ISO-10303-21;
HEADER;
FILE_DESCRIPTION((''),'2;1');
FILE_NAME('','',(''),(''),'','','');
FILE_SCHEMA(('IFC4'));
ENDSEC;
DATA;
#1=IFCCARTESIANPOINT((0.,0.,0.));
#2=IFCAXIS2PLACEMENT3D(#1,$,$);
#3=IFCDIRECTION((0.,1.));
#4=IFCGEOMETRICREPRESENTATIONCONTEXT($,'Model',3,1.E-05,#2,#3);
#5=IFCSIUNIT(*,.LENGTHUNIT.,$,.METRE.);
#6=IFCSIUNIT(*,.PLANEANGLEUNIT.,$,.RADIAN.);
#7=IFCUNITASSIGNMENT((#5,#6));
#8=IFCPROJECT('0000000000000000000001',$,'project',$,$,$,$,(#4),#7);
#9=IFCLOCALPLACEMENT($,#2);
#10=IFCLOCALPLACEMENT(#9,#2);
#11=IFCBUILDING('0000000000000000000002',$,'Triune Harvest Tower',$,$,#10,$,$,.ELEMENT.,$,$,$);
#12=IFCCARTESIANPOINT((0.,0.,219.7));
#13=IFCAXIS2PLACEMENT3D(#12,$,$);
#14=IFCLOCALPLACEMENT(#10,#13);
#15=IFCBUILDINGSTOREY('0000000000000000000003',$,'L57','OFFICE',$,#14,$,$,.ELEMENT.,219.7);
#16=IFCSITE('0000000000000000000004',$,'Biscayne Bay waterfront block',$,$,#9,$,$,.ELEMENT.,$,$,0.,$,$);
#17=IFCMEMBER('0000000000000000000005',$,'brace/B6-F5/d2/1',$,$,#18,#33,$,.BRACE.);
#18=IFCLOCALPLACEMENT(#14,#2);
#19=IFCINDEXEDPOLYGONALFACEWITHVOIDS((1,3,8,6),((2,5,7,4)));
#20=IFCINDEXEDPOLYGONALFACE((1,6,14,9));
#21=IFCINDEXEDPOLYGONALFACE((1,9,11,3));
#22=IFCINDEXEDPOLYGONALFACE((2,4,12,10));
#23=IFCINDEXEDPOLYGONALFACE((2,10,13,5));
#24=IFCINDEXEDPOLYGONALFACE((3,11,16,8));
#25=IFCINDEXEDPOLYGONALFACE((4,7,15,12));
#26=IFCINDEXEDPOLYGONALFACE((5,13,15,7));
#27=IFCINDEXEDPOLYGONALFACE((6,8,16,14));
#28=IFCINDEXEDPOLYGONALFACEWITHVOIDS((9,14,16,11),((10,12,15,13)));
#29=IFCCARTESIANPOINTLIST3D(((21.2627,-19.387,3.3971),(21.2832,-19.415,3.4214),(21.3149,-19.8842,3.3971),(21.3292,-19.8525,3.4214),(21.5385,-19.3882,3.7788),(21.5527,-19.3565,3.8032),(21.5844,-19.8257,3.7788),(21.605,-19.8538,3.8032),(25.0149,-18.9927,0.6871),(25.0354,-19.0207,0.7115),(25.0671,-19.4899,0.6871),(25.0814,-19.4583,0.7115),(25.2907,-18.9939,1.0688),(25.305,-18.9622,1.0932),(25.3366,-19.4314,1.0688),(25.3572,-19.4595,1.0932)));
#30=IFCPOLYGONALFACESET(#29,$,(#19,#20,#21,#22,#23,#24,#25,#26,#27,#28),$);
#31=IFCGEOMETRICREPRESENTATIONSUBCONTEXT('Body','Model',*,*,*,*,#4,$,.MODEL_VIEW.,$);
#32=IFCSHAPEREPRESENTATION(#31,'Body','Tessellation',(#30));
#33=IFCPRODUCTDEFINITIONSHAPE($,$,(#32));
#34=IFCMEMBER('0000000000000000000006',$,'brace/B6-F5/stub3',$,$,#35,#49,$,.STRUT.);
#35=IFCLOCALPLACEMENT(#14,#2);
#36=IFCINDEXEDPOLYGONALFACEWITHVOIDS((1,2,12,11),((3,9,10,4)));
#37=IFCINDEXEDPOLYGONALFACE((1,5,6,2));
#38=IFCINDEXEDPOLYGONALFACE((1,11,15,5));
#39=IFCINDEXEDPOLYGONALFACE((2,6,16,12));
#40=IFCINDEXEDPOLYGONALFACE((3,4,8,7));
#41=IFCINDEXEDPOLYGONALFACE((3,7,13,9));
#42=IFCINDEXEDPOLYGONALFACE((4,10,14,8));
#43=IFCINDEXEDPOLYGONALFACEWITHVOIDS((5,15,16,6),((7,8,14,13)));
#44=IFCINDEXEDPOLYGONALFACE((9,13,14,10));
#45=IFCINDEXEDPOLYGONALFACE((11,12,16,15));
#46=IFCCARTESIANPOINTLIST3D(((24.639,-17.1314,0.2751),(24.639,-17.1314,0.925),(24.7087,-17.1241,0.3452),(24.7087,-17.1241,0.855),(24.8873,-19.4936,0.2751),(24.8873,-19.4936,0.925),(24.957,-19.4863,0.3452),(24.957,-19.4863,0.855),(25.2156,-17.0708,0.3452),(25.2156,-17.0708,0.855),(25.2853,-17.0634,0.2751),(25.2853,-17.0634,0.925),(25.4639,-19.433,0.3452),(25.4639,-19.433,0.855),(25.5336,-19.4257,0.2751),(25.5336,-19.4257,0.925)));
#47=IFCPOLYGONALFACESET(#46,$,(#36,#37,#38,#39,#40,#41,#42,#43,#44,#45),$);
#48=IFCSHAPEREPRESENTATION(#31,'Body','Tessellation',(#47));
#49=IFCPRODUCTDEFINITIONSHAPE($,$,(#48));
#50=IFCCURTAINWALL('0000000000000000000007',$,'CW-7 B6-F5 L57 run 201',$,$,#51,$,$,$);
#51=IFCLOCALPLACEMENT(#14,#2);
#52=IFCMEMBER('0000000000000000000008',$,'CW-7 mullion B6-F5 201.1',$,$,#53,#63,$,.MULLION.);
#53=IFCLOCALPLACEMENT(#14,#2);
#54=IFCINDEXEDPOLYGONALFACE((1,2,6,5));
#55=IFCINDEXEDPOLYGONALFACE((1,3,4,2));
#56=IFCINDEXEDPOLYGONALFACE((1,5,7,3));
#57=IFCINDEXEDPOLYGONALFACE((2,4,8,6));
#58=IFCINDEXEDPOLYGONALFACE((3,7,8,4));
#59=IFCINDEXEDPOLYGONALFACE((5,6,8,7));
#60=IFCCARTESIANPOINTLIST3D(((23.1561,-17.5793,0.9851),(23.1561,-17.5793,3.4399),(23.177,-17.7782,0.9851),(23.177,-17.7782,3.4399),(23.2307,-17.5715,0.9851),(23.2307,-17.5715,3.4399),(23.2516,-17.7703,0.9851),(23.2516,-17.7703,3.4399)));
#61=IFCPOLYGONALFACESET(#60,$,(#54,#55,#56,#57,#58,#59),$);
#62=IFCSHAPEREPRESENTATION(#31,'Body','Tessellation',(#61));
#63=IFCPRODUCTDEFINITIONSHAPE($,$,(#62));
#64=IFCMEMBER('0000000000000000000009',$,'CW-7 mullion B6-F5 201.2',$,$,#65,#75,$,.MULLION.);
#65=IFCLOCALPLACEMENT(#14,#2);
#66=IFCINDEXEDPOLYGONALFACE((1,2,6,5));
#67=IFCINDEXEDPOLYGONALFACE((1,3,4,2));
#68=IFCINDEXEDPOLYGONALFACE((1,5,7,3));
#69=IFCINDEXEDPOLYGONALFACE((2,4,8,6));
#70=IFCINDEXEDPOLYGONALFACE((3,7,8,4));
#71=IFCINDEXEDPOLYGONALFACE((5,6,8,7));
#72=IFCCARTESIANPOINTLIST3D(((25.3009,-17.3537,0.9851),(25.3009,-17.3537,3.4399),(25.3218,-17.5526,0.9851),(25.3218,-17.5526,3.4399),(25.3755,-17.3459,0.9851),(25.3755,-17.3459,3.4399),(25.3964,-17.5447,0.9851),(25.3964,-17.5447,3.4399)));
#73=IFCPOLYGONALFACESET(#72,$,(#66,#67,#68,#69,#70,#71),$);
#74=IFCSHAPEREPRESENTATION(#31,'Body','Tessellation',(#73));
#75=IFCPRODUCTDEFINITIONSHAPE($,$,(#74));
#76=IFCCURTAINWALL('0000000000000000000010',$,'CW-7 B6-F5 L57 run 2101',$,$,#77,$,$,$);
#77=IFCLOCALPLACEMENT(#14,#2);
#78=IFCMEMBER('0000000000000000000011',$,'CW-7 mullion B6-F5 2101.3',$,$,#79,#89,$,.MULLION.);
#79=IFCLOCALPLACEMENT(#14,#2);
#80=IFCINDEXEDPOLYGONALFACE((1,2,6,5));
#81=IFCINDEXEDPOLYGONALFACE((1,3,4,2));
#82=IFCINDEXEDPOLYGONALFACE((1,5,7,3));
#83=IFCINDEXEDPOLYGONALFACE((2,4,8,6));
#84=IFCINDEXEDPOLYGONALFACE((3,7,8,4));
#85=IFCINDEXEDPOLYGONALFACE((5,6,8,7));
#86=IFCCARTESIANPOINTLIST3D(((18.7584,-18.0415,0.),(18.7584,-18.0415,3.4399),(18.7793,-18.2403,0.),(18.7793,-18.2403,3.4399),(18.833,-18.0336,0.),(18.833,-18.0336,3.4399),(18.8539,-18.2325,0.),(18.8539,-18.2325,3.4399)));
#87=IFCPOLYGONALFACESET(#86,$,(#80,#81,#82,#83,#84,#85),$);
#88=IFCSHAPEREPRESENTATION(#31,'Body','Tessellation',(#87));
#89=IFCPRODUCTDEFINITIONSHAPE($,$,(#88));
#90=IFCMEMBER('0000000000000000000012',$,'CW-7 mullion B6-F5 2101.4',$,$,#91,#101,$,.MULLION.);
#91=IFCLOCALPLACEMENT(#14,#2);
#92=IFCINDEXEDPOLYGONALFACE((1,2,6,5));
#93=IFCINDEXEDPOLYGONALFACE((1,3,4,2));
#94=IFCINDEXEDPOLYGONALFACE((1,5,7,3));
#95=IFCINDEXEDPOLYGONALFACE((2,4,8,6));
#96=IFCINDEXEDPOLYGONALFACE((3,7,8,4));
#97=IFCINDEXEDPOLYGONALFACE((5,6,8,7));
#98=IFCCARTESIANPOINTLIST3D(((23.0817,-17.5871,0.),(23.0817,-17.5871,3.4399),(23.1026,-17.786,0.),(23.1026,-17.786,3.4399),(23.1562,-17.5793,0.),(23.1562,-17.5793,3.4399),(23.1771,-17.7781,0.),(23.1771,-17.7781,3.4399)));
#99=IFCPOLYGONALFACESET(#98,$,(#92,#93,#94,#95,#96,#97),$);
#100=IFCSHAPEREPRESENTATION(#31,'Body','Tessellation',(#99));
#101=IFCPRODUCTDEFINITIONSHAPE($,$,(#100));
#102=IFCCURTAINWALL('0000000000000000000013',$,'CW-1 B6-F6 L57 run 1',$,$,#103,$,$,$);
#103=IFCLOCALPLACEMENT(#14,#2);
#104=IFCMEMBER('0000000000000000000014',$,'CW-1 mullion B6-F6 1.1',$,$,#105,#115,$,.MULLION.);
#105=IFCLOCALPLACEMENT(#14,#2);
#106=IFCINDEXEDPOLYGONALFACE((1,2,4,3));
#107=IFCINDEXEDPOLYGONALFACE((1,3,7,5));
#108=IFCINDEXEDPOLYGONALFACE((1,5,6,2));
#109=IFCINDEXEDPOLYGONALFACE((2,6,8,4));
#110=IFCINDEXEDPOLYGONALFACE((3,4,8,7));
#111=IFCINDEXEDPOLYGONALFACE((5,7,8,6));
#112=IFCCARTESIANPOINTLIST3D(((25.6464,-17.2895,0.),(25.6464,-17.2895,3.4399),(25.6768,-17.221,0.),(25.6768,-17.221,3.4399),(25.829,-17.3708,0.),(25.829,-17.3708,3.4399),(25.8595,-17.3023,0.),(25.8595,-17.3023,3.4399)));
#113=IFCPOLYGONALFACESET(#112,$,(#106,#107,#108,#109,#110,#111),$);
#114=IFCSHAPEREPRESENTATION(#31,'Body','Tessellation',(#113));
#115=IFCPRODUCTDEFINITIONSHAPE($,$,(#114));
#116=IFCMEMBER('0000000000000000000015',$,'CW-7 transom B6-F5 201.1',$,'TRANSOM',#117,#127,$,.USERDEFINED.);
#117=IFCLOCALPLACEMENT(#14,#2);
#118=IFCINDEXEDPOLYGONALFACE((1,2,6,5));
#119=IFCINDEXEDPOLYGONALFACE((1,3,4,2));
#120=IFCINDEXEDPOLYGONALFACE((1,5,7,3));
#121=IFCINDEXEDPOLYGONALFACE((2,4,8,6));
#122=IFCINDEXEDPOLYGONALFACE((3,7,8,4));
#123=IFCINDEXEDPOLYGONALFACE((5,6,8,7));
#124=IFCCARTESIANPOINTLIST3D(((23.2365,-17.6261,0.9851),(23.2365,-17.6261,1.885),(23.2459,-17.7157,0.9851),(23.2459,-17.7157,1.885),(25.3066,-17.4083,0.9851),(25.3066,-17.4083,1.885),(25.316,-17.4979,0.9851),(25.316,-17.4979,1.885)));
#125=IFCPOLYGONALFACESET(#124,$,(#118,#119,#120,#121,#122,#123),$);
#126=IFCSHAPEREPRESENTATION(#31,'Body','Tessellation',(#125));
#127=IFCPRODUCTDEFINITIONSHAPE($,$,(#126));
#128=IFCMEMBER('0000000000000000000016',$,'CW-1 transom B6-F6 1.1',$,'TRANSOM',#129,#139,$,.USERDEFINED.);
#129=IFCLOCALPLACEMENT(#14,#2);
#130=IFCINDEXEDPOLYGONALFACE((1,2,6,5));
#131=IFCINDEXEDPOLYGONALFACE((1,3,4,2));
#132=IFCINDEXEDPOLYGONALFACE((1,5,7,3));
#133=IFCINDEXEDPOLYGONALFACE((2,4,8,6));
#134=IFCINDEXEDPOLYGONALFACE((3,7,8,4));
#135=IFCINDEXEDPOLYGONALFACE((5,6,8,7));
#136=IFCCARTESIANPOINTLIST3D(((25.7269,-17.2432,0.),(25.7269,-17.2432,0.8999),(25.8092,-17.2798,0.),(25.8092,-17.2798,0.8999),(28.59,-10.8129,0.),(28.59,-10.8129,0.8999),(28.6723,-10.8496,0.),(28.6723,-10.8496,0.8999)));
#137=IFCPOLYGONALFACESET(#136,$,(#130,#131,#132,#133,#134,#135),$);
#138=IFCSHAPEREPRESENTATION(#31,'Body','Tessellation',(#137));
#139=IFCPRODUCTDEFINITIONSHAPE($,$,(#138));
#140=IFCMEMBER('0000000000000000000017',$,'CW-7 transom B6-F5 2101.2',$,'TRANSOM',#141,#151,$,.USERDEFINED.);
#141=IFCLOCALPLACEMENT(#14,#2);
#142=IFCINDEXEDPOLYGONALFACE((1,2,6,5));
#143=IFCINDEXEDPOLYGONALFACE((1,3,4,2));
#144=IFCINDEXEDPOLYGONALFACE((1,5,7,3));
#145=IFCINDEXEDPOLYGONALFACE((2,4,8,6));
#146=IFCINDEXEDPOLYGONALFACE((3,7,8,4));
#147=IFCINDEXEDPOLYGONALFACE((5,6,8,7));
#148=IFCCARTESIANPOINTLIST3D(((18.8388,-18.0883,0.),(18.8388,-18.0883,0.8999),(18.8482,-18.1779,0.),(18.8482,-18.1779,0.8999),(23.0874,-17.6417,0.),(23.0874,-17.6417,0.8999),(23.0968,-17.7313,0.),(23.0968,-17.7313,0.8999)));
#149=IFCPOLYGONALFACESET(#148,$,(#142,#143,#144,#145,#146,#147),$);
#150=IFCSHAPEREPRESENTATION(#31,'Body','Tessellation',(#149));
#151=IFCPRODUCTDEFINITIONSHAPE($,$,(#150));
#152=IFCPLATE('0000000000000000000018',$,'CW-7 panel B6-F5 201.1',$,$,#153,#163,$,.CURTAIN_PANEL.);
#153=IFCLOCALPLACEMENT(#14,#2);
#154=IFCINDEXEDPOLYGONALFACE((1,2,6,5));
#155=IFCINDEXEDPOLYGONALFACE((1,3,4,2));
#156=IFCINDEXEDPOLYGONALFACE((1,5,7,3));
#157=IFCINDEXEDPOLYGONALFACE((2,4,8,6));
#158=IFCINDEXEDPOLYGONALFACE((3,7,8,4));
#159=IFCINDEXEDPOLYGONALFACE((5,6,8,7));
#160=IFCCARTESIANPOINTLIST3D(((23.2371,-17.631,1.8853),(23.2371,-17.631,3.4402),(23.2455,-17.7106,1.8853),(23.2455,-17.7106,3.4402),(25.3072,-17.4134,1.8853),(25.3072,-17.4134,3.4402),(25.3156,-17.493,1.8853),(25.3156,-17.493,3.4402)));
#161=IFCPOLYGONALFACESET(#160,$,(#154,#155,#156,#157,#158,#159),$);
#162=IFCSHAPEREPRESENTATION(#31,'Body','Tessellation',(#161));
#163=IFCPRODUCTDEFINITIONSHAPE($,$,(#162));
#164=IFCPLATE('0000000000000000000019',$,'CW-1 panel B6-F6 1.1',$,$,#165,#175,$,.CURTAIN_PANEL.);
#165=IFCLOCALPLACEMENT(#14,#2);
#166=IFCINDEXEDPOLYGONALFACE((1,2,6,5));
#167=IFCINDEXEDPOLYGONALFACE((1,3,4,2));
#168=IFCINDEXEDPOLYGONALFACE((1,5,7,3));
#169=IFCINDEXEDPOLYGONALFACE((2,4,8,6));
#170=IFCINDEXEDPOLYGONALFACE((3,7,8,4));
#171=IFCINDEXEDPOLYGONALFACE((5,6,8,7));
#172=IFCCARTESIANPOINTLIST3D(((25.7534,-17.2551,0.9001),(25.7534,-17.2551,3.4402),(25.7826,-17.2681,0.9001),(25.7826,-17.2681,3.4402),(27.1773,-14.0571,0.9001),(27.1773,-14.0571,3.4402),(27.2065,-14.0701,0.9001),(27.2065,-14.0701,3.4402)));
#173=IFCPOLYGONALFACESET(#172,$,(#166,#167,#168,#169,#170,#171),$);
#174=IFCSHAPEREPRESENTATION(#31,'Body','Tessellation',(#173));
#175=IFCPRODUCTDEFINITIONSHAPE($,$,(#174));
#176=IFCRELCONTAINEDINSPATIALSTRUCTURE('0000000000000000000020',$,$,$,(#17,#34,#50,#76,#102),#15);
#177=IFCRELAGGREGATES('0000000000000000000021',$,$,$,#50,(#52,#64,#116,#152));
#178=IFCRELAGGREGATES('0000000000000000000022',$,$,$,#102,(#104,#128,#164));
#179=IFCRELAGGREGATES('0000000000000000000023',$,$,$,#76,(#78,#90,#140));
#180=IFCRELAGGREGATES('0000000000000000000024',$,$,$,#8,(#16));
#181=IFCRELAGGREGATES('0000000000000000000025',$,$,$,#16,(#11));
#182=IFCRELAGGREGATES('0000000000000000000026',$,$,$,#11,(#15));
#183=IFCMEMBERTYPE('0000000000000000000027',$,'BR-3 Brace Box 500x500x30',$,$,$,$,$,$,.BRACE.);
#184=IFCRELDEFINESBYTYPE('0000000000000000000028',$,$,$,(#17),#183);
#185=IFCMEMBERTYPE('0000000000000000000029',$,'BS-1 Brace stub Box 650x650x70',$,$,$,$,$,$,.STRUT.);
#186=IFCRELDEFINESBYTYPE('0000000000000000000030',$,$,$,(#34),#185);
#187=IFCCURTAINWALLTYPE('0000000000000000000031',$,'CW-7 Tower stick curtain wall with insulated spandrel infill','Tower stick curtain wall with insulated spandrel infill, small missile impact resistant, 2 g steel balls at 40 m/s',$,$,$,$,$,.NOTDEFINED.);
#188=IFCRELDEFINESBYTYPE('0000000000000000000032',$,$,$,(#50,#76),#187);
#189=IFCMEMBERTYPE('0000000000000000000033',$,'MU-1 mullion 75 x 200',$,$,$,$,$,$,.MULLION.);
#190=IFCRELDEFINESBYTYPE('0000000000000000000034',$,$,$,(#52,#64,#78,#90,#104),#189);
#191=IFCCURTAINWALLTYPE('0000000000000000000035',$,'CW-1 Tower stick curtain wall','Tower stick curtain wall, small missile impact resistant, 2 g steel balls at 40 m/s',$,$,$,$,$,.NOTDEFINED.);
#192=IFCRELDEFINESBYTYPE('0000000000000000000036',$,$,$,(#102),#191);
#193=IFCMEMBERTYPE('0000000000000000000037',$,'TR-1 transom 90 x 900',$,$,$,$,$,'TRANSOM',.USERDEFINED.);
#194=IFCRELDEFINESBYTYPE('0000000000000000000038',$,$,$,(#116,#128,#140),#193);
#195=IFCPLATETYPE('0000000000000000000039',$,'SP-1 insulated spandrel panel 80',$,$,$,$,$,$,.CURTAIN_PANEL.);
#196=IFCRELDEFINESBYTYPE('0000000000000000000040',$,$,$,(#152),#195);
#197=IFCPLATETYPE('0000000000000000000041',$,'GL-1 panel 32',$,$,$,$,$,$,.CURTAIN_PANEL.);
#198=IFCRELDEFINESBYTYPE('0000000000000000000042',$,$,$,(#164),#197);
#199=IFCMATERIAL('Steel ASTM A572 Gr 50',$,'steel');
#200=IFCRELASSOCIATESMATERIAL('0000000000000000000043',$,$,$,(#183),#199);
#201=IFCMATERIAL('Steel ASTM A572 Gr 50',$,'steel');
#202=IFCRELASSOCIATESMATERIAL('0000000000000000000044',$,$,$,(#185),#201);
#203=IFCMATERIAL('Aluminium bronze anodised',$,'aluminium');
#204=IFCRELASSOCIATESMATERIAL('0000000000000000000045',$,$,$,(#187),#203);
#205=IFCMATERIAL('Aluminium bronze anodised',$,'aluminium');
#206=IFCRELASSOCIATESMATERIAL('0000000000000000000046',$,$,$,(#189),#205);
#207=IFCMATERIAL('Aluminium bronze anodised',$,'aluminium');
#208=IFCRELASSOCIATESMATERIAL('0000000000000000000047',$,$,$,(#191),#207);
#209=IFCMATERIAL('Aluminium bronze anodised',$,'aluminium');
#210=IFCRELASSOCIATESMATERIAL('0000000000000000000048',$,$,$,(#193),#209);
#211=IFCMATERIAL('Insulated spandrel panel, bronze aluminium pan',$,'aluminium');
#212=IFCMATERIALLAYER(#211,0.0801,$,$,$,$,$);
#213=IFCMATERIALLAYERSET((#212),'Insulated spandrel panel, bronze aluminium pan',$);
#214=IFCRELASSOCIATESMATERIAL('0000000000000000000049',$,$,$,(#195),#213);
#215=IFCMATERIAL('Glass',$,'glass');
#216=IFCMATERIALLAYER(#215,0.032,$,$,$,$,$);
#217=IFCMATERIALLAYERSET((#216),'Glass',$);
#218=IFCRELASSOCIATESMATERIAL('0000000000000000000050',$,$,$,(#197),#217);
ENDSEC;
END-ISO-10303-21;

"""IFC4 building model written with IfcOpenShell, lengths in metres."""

from ifc_helpers import new_model, si_unit, direction, frame, origin, origin_2d, place, context, subcontext, project, spatial, rectangle, hollow_rectangle, extrude, source, transform, mapped, material, layer, layer_set, material_profile, profile_set, type_object, element, aggregate, save


model = new_model("IFC4")

# Units and contexts
model_context = context("Model", 3, precision=1e-05, world=origin(), true_north=direction((0.0, 1.0)))
body_context = subcontext(model_context, "Body", "Model", "MODEL_VIEW")
ifc_project = project(units=[si_unit("LENGTHUNIT", "METRE"), si_unit("PLANEANGLEUNIT", "RADIAN")], contexts=[model_context])

# Site, building, storey
site_placement = place(None, origin())
site = spatial("IfcSite", under=ifc_project, at=site_placement, Name="Biscayne Bay waterfront block", CompositionType="ELEMENT", RefElevation=0.0)
building_placement = place(site_placement, origin())
building = spatial("IfcBuilding", under=site, at=building_placement, Name="Triune Harvest Tower", CompositionType="ELEMENT")
storey_placement = place(building_placement, frame((0.0, 0.0, 219.7)))
storey = spatial("IfcBuildingStorey", under=building, at=storey_placement, Name="L57", Description="OFFICE", CompositionType="ELEMENT", Elevation=219.7)

# Members
ifc_material_1 = material(Name="Steel ASTM A572 Gr 50", Category="steel")
ifc_material_profile_1 = material_profile(ifc_material_1, hollow_rectangle(XDim=0.5, YDim=0.5, WallThickness=0.03, at=origin_2d()), Name="Box 500x500x30")
ifc_profile_set_1 = profile_set([ifc_material_profile_1], Name="Steel ASTM A572 Gr 50")
member_type_1 = type_object("IfcMemberType", Name="BR-3 Brace Box 500x500x30", PredefinedType="BRACE", material=ifc_profile_set_1)
shared_shape_1 = source(origin(), body_context, "Body", "SweptSolid", [
    extrude(hollow_rectangle(XDim=0.5, YDim=0.5, WallThickness=0.03, at=origin_2d()), origin(), (0.0, 0.0, 1.0), 4.6453),
])
member_1_placement = place(storey_placement, frame((25.186, -19.2261, 0.8901), z_axis=(-0.807749, -0.08488, 0.583383), x_axis=(0.104506, -0.994524, 0.0)))
element("IfcMember", 1, at=member_1_placement, inside=storey, type_object=member_type_1, Name="brace/B6-F5/d2/1", PredefinedType="BRACE", context=body_context, shape_type="MappedRepresentation", body=[
    mapped(shared_shape_1, transform((0.0, 0.0, 0.0), scale=1.0)),
])
ifc_material_2 = material(Name="Steel ASTM A572 Gr 50", Category="steel")
ifc_material_profile_2 = material_profile(ifc_material_2, hollow_rectangle(XDim=0.6499, YDim=0.6499, WallThickness=0.0701, at=origin_2d()), Name="Box 650x650x70")
ifc_profile_set_2 = profile_set([ifc_material_profile_2], Name="Steel ASTM A572 Gr 50")
member_type_2 = type_object("IfcMemberType", Name="BS-1 Brace stub Box 650x650x70", PredefinedType="STRUT", material=ifc_profile_set_2)
shared_shape_2 = source(origin(), body_context, "Body", "SweptSolid", [
    extrude(hollow_rectangle(XDim=0.6499, YDim=0.6499, WallThickness=0.0701, at=origin_2d()), origin(), (0.0, 0.0, 1.0), 2.3752),
])
member_2_placement = place(storey_placement, frame((24.9622, -17.0974, 0.6001), z_axis=(0.10453, -0.994522, 0.0), x_axis=(0.994522, 0.10453, 0.0)))
element("IfcMember", 2, at=member_2_placement, inside=storey, type_object=member_type_2, Name="brace/B6-F5/stub3", PredefinedType="STRUT", context=body_context, shape_type="MappedRepresentation", body=[
    mapped(shared_shape_2, transform((0.0, 0.0, 0.0), scale=1.0)),
])

# Curtain walls, members
ifc_material_3 = material(Name="Aluminium bronze anodised", Category="aluminium")
curtain_wall_type_1 = type_object("IfcCurtainWallType", Name="CW-7 Tower stick curtain wall with insulated spandrel infill", Description="Tower stick curtain wall with insulated spandrel infill, small missile impact resistant, 2 g steel balls at 40 m/s", PredefinedType="NOTDEFINED", material=ifc_material_3)
curtain_wall_1_placement = place(storey_placement, origin())
curtain_wall_1 = element("IfcCurtainWall", 3, at=curtain_wall_1_placement, inside=storey, type_object=curtain_wall_type_1, Name="CW-7 B6-F5 L57 run 201")
ifc_material_4 = material(Name="Aluminium bronze anodised", Category="aluminium")
ifc_material_profile_3 = material_profile(ifc_material_4, rectangle(XDim=0.2, YDim=0.075, at=origin_2d()), Name="MU-1 mullion 75 x 200")
ifc_profile_set_3 = profile_set([ifc_material_profile_3], Name="Aluminium bronze anodised")
member_type_3 = type_object("IfcMemberType", Name="MU-1 mullion 75 x 200", PredefinedType="MULLION", material=ifc_profile_set_3)
shared_shape_3 = source(origin(), body_context, "Body", "SweptSolid", [
    extrude(rectangle(XDim=0.2, YDim=0.075, at=origin_2d()), origin(), (0.0, 0.0, 1.0), 2.4548),
])
member_3_placement = place(storey_placement, frame((23.2039, -17.6748, 0.9851), z_axis=(0.0, 0.0, 1.0), x_axis=(-0.104547, 0.99452, 0.0)))
member_3 = element("IfcMember", 4, at=member_3_placement, type_object=member_type_3, Name="CW-7 mullion B6-F5 201.1", PredefinedType="MULLION", context=body_context, shape_type="MappedRepresentation", body=[
    mapped(shared_shape_3, transform((0.0, 0.0, 0.0), scale=1.0)),
])
member_4_placement = place(storey_placement, frame((25.3486, -17.4492, 0.9851), z_axis=(0.0, 0.0, 1.0), x_axis=(-0.104547, 0.99452, 0.0)))
member_4 = element("IfcMember", 5, at=member_4_placement, type_object=member_type_3, Name="CW-7 mullion B6-F5 201.2", PredefinedType="MULLION", context=body_context, shape_type="MappedRepresentation", body=[
    mapped(shared_shape_3, transform((0.0, 0.0, 0.0), scale=1.0)),
])
curtain_wall_2_placement = place(storey_placement, origin())
curtain_wall_2 = element("IfcCurtainWall", 6, at=curtain_wall_2_placement, inside=storey, type_object=curtain_wall_type_1, Name="CW-7 B6-F5 L57 run 2101")
shared_shape_4 = source(origin(), body_context, "Body", "SweptSolid", [
    extrude(rectangle(XDim=0.2, YDim=0.075, at=origin_2d()), origin(), (0.0, 0.0, 1.0), 3.4399),
])
member_5_placement = place(storey_placement, frame((18.8062, -18.137, 0.0), z_axis=(0.0, 0.0, 1.0), x_axis=(-0.104527, 0.994522, 0.0)))
member_5 = element("IfcMember", 7, at=member_5_placement, type_object=member_type_3, Name="CW-7 mullion B6-F5 2101.3", PredefinedType="MULLION", context=body_context, shape_type="MappedRepresentation", body=[
    mapped(shared_shape_4, transform((0.0, 0.0, 0.0), scale=1.0)),
])
member_6_placement = place(storey_placement, frame((23.1294, -17.6826, 0.0), z_axis=(0.0, 0.0, 1.0), x_axis=(-0.104527, 0.994522, 0.0)))
member_6 = element("IfcMember", 8, at=member_6_placement, type_object=member_type_3, Name="CW-7 mullion B6-F5 2101.4", PredefinedType="MULLION", context=body_context, shape_type="MappedRepresentation", body=[
    mapped(shared_shape_4, transform((0.0, 0.0, 0.0), scale=1.0)),
])

# Curtain wall, member
ifc_material_5 = material(Name="Aluminium bronze anodised", Category="aluminium")
curtain_wall_type_2 = type_object("IfcCurtainWallType", Name="CW-1 Tower stick curtain wall", Description="Tower stick curtain wall, small missile impact resistant, 2 g steel balls at 40 m/s", PredefinedType="NOTDEFINED", material=ifc_material_5)
curtain_wall_3_placement = place(storey_placement, origin())
curtain_wall_3 = element("IfcCurtainWall", 9, at=curtain_wall_3_placement, inside=storey, type_object=curtain_wall_type_2, Name="CW-1 B6-F6 L57 run 1")
member_7_placement = place(storey_placement, frame((25.7529, -17.2959, 0.0), z_axis=(0.0, 0.0, 1.0), x_axis=(-0.913543, 0.406743, 0.0)))
member_7 = element("IfcMember", 10, at=member_7_placement, type_object=member_type_3, Name="CW-1 mullion B6-F6 1.1", PredefinedType="MULLION", context=body_context, shape_type="MappedRepresentation", body=[
    mapped(shared_shape_4, transform((0.0, 0.0, 0.0), scale=1.0)),
])

# Members
ifc_material_6 = material(Name="Aluminium bronze anodised", Category="aluminium")
ifc_material_profile_4 = material_profile(ifc_material_6, rectangle(XDim=0.0901, YDim=0.8999, at=origin_2d()), Name="TR-1 transom 90 x 900")
ifc_profile_set_4 = profile_set([ifc_material_profile_4], Name="Aluminium bronze anodised")
member_type_4 = type_object("IfcMemberType", Name="TR-1 transom 90 x 900", ElementType="TRANSOM", PredefinedType="USERDEFINED", material=ifc_profile_set_4)
shared_shape_5 = source(origin(), body_context, "Body", "SweptSolid", [
    extrude(rectangle(XDim=0.0901, YDim=0.8999, at=origin_2d()), origin(), (0.0, 0.0, 1.0), 2.0815),
])
member_8_placement = place(storey_placement, frame((23.2412, -17.6709, 1.4351), z_axis=(0.994512, 0.104624, 0.0), x_axis=(-0.104624, 0.994512, 0.0)))
member_8 = element("IfcMember", 11, at=member_8_placement, type_object=member_type_4, Name="CW-7 transom B6-F5 201.1", ObjectType="TRANSOM", PredefinedType="USERDEFINED", context=body_context, shape_type="MappedRepresentation", body=[
    mapped(shared_shape_5, transform((0.0, 0.0, 0.0), scale=1.0)),
])
shared_shape_6 = source(origin(), body_context, "Body", "SweptSolid", [
    extrude(rectangle(XDim=0.0901, YDim=0.8999, at=origin_2d()), origin(), (0.0, 0.0, 1.0), 7.0388),
])
member_9_placement = place(storey_placement, frame((25.7681, -17.2615, 0.45), z_axis=(0.406753, 0.913538, 0.0), x_axis=(-0.913538, 0.406753, 0.0)))
member_9 = element("IfcMember", 12, at=member_9_placement, type_object=member_type_4, Name="CW-1 transom B6-F6 1.1", ObjectType="TRANSOM", PredefinedType="USERDEFINED", context=body_context, shape_type="MappedRepresentation", body=[
    mapped(shared_shape_6, transform((0.0, 0.0, 0.0), scale=1.0)),
])
shared_shape_7 = source(origin(), body_context, "Body", "SweptSolid", [
    extrude(rectangle(XDim=0.0901, YDim=0.8999, at=origin_2d()), origin(), (0.0, 0.0, 1.0), 4.272),
])
member_10_placement = place(storey_placement, frame((18.8435, -18.1331, 0.45), z_axis=(0.994522, 0.104527, 0.0), x_axis=(-0.104527, 0.994522, 0.0)))
member_10 = element("IfcMember", 13, at=member_10_placement, type_object=member_type_4, Name="CW-7 transom B6-F5 2101.2", ObjectType="TRANSOM", PredefinedType="USERDEFINED", context=body_context, shape_type="MappedRepresentation", body=[
    mapped(shared_shape_7, transform((0.0, 0.0, 0.0), scale=1.0)),
])

# Plates
ifc_material_7 = material(Name="Insulated spandrel panel, bronze aluminium pan", Category="aluminium")
ifc_layer_1 = layer(ifc_material_7, 0.0801)
ifc_layer_set_1 = layer_set([ifc_layer_1], Name="Insulated spandrel panel, bronze aluminium pan")
plate_type_1 = type_object("IfcPlateType", Name="SP-1 insulated spandrel panel 80", PredefinedType="CURTAIN_PANEL", material=ifc_layer_set_1)
shared_shape_8 = source(origin(), body_context, "Body", "SweptSolid", [
    extrude(rectangle(XDim=2.0815, YDim=0.0801, at=origin_2d()), origin(), (0.0, 0.0, 1.0), 1.5549),
])
plate_1_placement = place(storey_placement, frame((24.2764, -17.562, 1.8853), z_axis=(0.0, 0.0, 1.0), x_axis=(0.99452, 0.104547, 0.0)))
plate_1 = element("IfcPlate", 14, at=plate_1_placement, type_object=plate_type_1, Name="CW-7 panel B6-F5 201.1", PredefinedType="CURTAIN_PANEL", context=body_context, shape_type="MappedRepresentation", body=[
    mapped(shared_shape_8, transform((0.0, 0.0, 0.0), scale=1.0)),
])
aggregate(curtain_wall_1, [member_3, member_4, member_8, plate_1])
ifc_material_8 = material(Name="Glass", Category="glass")
ifc_layer_2 = layer(ifc_material_8, 0.032)
ifc_layer_set_2 = layer_set([ifc_layer_2], Name="Glass")
plate_type_2 = type_object("IfcPlateType", Name="GL-1 panel 32", PredefinedType="CURTAIN_PANEL", material=ifc_layer_set_2)
shared_shape_9 = source(origin(), body_context, "Body", "SweptSolid", [
    extrude(rectangle(XDim=3.5007, YDim=0.032, at=origin_2d()), origin(), (0.0, 0.0, 1.0), 2.54),
])
plate_2_placement = place(storey_placement, frame((26.48, -15.6626, 0.9001), z_axis=(0.0, 0.0, 1.0), x_axis=(0.406743, 0.913543, 0.0)))
plate_2 = element("IfcPlate", 15, at=plate_2_placement, type_object=plate_type_2, Name="CW-1 panel B6-F6 1.1", PredefinedType="CURTAIN_PANEL", context=body_context, shape_type="MappedRepresentation", body=[
    mapped(shared_shape_9, transform((0.0, 0.0, 0.0), scale=1.0)),
])
aggregate(curtain_wall_3, [member_7, member_9, plate_2])
aggregate(curtain_wall_2, [member_5, member_6, member_10])

save(model, "model.ifc")
